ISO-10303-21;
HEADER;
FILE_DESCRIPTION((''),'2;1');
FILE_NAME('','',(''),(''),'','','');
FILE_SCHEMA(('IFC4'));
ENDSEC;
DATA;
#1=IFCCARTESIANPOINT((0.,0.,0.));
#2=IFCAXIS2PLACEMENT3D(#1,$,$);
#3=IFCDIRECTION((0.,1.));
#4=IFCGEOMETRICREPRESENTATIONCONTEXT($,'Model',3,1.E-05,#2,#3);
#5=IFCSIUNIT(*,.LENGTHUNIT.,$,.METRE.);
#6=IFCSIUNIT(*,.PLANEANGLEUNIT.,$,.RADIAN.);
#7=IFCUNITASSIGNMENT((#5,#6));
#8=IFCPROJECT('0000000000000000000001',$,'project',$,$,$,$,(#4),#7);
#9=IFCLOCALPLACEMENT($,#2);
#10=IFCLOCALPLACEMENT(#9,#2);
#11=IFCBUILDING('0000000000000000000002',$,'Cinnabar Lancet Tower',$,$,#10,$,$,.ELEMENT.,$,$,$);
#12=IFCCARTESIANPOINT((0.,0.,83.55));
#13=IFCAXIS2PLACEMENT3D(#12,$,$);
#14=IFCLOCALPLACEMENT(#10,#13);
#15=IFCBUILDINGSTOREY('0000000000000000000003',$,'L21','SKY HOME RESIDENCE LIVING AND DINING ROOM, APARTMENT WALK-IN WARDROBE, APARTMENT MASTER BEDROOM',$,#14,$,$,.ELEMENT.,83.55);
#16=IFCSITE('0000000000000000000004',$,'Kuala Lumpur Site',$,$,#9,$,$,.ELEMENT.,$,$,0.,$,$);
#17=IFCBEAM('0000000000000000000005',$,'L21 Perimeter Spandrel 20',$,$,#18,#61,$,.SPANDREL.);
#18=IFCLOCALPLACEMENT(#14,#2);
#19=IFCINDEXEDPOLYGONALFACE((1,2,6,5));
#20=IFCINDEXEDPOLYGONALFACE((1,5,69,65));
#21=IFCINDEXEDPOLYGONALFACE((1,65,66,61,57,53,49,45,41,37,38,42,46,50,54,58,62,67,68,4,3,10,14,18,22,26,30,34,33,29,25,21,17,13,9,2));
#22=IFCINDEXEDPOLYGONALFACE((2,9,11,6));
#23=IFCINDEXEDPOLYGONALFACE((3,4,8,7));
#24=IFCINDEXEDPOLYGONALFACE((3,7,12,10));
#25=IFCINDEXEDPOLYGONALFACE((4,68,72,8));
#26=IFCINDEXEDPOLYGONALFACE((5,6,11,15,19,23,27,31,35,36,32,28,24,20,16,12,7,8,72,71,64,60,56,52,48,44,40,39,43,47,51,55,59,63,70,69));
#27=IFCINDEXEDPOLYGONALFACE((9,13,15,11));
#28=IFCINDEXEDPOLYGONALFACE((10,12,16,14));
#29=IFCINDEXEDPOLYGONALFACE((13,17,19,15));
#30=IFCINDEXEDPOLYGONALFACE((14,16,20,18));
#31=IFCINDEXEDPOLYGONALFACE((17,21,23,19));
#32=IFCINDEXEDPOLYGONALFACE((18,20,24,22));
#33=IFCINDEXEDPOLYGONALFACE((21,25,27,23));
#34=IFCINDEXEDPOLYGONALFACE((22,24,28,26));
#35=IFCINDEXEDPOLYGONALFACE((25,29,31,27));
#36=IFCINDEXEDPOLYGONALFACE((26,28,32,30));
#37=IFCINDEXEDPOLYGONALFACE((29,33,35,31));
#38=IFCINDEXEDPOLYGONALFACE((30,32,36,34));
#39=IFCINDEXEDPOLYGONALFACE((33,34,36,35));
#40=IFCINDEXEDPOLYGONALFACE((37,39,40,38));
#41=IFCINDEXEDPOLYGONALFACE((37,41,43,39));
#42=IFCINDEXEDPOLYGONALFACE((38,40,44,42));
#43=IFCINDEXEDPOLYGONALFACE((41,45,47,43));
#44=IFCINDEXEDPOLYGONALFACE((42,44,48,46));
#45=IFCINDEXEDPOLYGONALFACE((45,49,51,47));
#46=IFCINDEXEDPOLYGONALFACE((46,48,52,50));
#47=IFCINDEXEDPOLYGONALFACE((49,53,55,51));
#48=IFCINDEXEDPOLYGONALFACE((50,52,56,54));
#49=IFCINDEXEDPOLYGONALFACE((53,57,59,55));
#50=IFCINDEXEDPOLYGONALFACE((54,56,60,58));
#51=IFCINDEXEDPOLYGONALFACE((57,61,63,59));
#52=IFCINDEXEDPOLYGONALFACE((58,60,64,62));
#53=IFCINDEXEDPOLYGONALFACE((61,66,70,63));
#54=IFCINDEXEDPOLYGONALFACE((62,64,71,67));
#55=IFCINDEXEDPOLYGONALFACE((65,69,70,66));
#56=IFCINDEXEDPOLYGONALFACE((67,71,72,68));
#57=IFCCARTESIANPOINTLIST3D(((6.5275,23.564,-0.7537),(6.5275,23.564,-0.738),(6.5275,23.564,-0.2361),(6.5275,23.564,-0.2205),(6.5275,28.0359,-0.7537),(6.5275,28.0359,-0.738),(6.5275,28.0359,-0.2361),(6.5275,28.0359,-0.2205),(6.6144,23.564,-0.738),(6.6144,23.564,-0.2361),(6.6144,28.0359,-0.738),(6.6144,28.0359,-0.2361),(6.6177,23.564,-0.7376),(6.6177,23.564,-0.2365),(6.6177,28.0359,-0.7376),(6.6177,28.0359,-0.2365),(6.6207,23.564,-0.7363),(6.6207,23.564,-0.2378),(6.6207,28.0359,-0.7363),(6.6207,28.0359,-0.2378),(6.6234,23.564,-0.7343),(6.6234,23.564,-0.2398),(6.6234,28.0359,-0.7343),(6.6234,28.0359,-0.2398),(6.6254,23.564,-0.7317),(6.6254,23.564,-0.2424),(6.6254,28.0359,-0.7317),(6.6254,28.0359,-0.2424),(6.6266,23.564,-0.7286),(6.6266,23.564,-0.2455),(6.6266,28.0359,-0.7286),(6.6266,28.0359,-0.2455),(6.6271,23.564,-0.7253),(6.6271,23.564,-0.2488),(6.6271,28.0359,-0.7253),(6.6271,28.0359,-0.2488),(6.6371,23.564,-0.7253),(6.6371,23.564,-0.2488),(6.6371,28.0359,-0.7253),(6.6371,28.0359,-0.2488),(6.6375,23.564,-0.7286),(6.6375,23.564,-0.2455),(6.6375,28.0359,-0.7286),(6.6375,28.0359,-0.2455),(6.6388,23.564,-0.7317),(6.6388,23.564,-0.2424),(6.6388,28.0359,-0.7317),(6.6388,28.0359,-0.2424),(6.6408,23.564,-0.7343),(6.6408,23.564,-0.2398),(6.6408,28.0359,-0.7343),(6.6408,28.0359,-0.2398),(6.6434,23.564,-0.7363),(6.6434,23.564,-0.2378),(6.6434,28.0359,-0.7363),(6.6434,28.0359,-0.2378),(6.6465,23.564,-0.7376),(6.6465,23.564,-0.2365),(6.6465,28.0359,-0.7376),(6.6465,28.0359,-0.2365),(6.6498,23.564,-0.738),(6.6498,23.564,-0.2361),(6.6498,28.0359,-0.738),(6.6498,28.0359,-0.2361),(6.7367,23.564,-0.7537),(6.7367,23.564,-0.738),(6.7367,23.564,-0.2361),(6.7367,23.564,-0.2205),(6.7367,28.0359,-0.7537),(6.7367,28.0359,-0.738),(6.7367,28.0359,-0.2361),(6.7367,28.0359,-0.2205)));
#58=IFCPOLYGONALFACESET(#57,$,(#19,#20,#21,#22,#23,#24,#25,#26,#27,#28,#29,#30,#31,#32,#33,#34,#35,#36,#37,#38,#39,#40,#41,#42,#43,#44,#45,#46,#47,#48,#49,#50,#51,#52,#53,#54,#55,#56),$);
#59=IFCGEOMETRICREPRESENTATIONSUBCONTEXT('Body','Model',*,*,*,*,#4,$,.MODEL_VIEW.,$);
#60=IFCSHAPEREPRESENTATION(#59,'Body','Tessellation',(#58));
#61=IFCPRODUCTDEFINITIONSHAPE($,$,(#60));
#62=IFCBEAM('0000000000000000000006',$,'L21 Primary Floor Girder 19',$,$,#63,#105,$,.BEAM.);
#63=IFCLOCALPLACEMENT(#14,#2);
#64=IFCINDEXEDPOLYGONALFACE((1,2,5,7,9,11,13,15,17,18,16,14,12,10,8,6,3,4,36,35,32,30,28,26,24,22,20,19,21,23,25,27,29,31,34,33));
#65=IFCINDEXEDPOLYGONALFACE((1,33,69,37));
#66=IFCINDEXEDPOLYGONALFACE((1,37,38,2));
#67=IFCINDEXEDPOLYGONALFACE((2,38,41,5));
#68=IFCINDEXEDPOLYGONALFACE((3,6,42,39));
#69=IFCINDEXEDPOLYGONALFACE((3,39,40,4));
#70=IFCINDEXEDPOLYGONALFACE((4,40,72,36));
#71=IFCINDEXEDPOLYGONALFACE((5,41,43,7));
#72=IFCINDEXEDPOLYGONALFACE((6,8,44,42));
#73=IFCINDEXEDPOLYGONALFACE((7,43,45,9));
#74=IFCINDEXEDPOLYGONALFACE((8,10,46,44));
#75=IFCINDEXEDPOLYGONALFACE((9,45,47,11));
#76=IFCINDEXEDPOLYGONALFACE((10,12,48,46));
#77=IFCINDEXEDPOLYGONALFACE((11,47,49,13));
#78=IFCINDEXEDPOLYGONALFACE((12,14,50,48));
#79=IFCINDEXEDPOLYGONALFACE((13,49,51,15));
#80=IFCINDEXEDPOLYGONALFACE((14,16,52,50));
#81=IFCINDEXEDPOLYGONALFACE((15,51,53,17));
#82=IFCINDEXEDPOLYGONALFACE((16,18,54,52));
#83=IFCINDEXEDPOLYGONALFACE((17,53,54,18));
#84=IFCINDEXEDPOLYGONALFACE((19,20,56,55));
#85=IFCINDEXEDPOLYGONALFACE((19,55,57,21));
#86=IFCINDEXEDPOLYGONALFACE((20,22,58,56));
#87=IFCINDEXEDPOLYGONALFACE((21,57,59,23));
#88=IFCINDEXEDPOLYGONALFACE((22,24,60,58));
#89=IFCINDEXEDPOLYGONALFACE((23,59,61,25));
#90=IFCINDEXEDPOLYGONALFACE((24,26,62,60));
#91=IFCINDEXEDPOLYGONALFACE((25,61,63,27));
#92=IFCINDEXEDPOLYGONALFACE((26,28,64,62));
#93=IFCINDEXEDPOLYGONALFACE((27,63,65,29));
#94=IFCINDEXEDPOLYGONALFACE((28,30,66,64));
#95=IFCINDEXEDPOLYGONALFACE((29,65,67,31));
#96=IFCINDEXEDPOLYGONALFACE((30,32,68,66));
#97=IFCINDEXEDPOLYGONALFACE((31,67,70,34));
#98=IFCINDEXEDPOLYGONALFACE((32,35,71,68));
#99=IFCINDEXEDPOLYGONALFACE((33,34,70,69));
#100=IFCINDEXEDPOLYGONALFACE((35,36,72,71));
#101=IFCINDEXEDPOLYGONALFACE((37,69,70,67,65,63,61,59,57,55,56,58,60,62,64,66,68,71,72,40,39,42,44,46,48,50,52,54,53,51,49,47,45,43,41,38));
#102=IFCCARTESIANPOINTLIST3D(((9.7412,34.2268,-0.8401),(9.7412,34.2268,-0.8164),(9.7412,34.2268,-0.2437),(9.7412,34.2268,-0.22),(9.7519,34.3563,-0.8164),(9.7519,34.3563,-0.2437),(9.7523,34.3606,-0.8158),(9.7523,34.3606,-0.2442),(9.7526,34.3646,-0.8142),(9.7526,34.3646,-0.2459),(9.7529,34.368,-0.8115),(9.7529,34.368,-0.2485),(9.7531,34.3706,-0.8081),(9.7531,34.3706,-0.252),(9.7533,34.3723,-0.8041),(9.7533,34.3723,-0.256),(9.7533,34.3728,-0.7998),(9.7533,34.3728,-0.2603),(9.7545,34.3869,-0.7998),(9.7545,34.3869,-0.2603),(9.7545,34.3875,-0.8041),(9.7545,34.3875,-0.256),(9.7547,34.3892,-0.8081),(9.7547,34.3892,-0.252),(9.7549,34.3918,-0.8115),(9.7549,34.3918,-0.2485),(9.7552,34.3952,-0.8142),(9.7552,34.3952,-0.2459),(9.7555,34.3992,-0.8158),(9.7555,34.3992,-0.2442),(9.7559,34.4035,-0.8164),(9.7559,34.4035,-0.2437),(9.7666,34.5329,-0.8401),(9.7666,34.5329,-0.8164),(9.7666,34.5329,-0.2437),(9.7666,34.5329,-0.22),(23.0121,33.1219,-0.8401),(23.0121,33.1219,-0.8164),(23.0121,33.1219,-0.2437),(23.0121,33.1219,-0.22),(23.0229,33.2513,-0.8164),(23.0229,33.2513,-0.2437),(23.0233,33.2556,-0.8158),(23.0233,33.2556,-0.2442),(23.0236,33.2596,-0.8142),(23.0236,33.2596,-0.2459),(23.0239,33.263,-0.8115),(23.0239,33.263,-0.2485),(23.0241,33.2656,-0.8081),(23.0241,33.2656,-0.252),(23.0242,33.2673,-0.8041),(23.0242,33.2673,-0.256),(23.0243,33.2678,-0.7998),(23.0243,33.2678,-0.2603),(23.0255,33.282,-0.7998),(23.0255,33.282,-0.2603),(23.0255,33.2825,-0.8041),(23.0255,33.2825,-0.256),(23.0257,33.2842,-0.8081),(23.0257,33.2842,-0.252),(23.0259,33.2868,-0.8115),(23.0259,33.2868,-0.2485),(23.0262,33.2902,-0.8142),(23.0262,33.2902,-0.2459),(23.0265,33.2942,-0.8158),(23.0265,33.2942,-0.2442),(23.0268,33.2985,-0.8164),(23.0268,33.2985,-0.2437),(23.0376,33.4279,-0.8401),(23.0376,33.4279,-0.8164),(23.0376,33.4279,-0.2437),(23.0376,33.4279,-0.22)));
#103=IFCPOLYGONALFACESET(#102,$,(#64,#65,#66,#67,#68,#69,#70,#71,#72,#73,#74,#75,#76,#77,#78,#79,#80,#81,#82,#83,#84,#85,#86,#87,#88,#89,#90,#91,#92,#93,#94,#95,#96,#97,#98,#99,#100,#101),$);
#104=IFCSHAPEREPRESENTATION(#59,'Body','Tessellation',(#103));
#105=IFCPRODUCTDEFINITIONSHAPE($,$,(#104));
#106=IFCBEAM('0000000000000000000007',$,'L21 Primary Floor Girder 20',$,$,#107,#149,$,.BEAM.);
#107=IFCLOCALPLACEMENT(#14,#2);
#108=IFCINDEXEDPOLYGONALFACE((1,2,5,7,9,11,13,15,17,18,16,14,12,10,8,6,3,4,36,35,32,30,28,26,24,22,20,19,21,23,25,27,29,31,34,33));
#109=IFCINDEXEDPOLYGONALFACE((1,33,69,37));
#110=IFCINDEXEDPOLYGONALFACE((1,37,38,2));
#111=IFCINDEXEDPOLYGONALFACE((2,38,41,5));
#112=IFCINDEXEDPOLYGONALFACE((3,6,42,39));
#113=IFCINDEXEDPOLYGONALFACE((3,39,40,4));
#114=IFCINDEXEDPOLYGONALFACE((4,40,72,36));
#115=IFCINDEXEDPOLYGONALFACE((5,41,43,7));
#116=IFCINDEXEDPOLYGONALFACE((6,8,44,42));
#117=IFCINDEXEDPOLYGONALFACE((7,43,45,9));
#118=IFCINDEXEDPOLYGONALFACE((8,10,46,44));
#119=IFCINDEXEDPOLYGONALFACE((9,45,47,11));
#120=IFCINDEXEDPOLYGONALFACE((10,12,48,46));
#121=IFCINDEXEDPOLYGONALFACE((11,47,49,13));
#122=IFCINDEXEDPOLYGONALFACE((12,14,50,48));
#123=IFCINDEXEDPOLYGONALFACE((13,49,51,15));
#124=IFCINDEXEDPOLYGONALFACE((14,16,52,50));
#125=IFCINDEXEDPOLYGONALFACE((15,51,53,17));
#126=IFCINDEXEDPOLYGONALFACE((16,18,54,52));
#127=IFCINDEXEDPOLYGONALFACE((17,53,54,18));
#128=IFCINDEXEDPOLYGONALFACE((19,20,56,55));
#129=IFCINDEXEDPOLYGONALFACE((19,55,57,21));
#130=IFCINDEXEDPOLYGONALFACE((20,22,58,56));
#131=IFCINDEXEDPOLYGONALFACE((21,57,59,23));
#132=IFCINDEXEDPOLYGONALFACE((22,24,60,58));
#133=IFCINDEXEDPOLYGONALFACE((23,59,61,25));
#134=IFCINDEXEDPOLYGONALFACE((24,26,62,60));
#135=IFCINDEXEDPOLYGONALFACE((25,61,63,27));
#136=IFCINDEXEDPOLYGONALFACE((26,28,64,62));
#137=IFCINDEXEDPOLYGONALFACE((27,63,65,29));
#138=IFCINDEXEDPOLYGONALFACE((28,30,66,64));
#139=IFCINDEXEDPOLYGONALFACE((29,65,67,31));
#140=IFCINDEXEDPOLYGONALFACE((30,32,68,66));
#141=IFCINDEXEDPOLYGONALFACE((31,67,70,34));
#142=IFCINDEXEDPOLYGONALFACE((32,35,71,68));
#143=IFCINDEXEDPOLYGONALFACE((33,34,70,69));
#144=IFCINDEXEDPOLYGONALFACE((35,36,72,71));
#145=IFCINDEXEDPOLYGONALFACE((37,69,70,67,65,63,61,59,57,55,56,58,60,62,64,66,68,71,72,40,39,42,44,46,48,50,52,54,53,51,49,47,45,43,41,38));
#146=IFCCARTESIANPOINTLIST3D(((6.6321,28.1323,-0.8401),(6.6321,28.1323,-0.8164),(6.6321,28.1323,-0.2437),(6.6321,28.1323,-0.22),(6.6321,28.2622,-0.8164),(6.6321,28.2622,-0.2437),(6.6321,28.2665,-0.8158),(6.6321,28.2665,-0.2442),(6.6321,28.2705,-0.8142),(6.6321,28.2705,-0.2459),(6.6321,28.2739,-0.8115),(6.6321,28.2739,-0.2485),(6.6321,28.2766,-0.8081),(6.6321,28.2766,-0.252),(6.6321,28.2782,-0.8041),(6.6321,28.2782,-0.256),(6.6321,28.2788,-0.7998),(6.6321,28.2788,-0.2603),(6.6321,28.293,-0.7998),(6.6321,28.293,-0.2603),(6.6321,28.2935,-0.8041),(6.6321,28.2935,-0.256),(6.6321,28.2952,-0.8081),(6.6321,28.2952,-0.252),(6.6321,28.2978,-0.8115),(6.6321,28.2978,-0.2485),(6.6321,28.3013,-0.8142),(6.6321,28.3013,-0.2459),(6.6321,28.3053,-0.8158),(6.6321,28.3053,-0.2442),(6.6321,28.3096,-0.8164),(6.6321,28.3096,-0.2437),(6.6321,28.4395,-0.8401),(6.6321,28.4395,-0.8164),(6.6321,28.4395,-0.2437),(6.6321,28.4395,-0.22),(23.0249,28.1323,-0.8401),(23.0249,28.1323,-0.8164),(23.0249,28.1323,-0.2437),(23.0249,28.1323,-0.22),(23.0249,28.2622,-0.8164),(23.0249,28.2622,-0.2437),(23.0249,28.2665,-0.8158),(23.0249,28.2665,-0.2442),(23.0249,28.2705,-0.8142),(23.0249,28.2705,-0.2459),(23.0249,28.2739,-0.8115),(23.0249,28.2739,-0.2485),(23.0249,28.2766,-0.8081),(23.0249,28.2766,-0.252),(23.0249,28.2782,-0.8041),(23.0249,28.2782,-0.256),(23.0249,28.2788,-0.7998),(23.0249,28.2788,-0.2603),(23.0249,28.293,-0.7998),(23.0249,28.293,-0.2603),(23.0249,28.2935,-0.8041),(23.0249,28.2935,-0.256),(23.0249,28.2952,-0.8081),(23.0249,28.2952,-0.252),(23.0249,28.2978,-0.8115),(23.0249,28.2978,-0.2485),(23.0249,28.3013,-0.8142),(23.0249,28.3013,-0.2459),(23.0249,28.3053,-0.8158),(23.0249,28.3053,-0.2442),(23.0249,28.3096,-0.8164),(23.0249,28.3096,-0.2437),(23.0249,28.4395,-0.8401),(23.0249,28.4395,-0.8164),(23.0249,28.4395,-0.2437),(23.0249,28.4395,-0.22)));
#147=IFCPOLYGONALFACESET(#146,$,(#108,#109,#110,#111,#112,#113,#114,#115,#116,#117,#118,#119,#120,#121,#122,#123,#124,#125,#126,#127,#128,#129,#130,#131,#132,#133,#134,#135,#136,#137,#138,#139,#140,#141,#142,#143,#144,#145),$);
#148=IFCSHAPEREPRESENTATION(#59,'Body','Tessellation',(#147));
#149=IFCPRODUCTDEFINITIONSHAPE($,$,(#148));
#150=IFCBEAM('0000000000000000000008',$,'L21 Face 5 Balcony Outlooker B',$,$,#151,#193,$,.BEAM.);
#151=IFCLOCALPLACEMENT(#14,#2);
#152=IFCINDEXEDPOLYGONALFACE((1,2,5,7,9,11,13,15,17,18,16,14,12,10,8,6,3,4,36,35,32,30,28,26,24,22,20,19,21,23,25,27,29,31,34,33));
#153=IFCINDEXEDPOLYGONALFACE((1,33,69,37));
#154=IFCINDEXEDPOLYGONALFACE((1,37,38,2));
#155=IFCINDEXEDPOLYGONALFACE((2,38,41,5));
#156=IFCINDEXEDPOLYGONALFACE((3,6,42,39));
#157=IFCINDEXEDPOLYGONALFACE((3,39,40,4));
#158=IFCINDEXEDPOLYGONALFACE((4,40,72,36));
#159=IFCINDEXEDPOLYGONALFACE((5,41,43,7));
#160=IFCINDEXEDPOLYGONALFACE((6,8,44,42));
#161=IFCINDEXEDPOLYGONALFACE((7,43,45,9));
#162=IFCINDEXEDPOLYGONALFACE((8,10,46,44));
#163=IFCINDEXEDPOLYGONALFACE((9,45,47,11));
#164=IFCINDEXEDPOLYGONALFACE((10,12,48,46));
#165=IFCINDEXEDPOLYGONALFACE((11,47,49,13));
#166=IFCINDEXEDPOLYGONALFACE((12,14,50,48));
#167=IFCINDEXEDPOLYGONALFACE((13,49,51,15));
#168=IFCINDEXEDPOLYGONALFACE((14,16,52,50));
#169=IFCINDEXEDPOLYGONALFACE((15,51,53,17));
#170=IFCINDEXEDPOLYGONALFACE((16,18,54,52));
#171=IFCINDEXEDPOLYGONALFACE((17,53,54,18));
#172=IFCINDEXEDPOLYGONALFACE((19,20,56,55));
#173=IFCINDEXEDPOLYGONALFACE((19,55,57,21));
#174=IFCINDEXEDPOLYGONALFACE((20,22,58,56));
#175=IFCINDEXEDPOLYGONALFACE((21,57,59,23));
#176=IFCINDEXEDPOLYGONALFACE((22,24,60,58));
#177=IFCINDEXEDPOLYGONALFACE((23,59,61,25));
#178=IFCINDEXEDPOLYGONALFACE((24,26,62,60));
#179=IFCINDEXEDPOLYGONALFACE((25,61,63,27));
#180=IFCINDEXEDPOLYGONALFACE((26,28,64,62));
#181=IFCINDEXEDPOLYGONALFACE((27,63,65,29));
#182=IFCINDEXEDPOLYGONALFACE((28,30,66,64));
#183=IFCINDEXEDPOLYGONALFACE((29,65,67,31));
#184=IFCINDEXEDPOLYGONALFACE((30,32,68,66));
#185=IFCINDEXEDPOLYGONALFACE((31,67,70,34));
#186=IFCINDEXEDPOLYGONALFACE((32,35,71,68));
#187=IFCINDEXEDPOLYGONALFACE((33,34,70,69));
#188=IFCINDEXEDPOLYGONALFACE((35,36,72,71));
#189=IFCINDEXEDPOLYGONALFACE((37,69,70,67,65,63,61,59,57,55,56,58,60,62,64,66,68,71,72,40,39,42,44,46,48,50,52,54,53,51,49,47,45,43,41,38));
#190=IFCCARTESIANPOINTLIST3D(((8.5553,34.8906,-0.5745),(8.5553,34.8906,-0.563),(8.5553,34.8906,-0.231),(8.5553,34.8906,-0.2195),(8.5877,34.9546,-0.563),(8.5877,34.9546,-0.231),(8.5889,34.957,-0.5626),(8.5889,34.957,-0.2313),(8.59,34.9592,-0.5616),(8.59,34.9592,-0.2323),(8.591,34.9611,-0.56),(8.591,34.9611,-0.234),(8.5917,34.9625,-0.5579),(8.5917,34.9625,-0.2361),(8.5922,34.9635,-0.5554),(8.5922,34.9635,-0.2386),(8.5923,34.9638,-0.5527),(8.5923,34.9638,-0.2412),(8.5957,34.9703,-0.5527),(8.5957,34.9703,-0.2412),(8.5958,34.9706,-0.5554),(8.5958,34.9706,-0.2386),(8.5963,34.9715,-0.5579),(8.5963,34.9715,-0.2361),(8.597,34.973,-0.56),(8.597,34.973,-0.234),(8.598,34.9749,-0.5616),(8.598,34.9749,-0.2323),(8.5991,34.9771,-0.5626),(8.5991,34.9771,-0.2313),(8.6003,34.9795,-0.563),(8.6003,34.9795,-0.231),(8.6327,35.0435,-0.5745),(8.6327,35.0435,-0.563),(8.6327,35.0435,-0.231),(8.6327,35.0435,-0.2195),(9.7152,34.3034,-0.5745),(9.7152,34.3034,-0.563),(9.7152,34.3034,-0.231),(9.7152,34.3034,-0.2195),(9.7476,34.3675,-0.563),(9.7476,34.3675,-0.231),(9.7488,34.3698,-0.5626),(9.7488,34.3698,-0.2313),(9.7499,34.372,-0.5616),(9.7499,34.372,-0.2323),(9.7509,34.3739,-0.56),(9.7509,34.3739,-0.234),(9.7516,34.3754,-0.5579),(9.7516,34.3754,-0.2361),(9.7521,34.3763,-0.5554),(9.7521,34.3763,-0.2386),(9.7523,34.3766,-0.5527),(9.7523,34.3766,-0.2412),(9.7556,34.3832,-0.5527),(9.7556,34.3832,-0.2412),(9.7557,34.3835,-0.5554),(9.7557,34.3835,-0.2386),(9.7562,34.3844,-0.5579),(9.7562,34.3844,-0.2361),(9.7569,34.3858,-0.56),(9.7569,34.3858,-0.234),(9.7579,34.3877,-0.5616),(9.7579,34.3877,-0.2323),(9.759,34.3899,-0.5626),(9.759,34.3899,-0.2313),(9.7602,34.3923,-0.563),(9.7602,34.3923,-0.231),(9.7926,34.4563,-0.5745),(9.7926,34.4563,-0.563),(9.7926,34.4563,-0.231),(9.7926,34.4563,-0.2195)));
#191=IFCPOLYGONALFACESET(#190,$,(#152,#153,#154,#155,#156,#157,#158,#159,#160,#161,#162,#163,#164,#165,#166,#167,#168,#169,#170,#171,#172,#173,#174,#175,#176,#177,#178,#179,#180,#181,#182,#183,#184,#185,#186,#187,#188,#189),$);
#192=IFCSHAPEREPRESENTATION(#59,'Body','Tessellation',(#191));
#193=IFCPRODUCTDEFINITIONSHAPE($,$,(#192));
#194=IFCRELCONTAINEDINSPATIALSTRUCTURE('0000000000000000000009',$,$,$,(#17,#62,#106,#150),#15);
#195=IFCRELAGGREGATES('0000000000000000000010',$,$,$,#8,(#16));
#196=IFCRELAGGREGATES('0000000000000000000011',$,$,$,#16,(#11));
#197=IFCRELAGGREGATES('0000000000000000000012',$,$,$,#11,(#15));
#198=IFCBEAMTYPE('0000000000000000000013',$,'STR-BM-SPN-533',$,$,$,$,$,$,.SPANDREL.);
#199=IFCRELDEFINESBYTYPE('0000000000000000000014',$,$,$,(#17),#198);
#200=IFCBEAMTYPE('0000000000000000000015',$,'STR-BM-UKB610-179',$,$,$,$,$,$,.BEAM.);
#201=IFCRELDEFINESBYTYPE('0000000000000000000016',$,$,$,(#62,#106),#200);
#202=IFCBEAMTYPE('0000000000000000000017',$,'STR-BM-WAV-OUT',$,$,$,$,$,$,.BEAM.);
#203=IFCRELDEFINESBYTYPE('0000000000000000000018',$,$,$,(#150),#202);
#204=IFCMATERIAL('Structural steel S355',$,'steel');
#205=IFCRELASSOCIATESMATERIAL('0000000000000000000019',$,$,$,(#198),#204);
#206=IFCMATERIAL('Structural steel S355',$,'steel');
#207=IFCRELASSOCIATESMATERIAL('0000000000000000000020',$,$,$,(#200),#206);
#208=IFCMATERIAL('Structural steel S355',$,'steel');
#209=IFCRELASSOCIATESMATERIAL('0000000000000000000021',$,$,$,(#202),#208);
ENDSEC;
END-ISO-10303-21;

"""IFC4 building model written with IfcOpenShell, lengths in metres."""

from ifc_helpers import new_model, si_unit, direction, frame, origin, origin_2d, place, context, subcontext, project, spatial, i_section, extrude, material, material_profile, profile_set, type_object, element, save


model = new_model("IFC4")

# Units and contexts
model_context = context("Model", 3, precision=1e-05, world=origin(), true_north=direction((0.0, 1.0)))
body_context = subcontext(model_context, "Body", "Model", "MODEL_VIEW")
ifc_project = project(units=[si_unit("LENGTHUNIT", "METRE"), si_unit("PLANEANGLEUNIT", "RADIAN")], contexts=[model_context])

# Site, building, storey
site_placement = place(None, origin())
site = spatial("IfcSite", under=ifc_project, at=site_placement, Name="Kuala Lumpur Site", CompositionType="ELEMENT", RefElevation=0.0)
building_placement = place(site_placement, origin())
building = spatial("IfcBuilding", under=site, at=building_placement, Name="Cinnabar Lancet Tower", CompositionType="ELEMENT")
storey_placement = place(building_placement, frame((0.0, 0.0, 83.55)))
storey = spatial("IfcBuildingStorey", under=building, at=storey_placement, Name="L21", Description="SKY HOME RESIDENCE LIVING AND DINING ROOM, APARTMENT WALK-IN WARDROBE, APARTMENT MASTER BEDROOM", CompositionType="ELEMENT", Elevation=83.55)

# Beams
ifc_material_1 = material(Name="Structural steel S355", Category="steel")
ifc_material_profile_1 = material_profile(ifc_material_1, i_section(OverallWidth=0.2092, OverallDepth=0.5332, WebThickness=0.01, FlangeThickness=0.0156, FilletRadius=0.0127, at=origin_2d()), Name="UKB 533x210x92")
ifc_profile_set_1 = profile_set([ifc_material_profile_1], Name="Structural steel S355")
beam_type_1 = type_object("IfcBeamType", Name="STR-BM-SPN-533", PredefinedType="SPANDREL", material=ifc_profile_set_1)
beam_1_placement = place(storey_placement, frame((6.6321, 28.0359, -0.4871), z_axis=(0.0, -1.0, 0.0), x_axis=(1.0, 0.0, 0.0)))
element("IfcBeam", 1, at=beam_1_placement, inside=storey, type_object=beam_type_1, Name="L21 Perimeter Spandrel 20", PredefinedType="SPANDREL", context=body_context, shape_type="SweptSolid", body=[
    extrude(i_section(OverallWidth=0.2092, OverallDepth=0.5332, WebThickness=0.01, FlangeThickness=0.0156, FilletRadius=0.0127, at=origin_2d()), origin(), (0.0, 0.0, 1.0), 4.4719),
])
ifc_material_2 = material(Name="Structural steel S355", Category="steel")
ifc_material_profile_2 = material_profile(ifc_material_2, i_section(OverallWidth=0.3071, OverallDepth=0.6201, WebThickness=0.0142, FlangeThickness=0.0237, FilletRadius=0.0166, at=origin_2d()), Name="UKB 610x305x179")
ifc_profile_set_2 = profile_set([ifc_material_profile_2], Name="Structural steel S355")
beam_type_2 = type_object("IfcBeamType", Name="STR-BM-UKB610-179", PredefinedType="BEAM", material=ifc_profile_set_2)
beam_2_placement = place(storey_placement, frame((9.7539, 34.3799, -0.53), z_axis=(0.996552, -0.082976, 0.0), x_axis=(0.082976, 0.996552, 0.0)))
element("IfcBeam", 2, at=beam_2_placement, inside=storey, type_object=beam_type_2, Name="L21 Primary Floor Girder 19", PredefinedType="BEAM", context=body_context, shape_type="SweptSolid", body=[
    extrude(i_section(OverallWidth=0.3071, OverallDepth=0.6201, WebThickness=0.0142, FlangeThickness=0.0237, FilletRadius=0.0166, at=origin_2d()), origin(), (0.0, 0.0, 1.0), 13.3169),
])
beam_3_placement = place(storey_placement, frame((6.6321, 28.2859, -0.53), z_axis=(1.0, 0.0, 0.0), x_axis=(0.0, 1.0, 0.0)))
element("IfcBeam", 3, at=beam_3_placement, inside=storey, type_object=beam_type_2, Name="L21 Primary Floor Girder 20", PredefinedType="BEAM", context=body_context, shape_type="SweptSolid", body=[
    extrude(i_section(OverallWidth=0.3071, OverallDepth=0.6201, WebThickness=0.0142, FlangeThickness=0.0237, FilletRadius=0.0166, at=origin_2d()), origin(), (0.0, 0.0, 1.0), 16.3928),
])
ifc_material_3 = material(Name="Structural steel S355", Category="steel")
ifc_material_profile_3 = material_profile(ifc_material_3, i_section(OverallWidth=0.1714, OverallDepth=0.355, WebThickness=0.0073, FlangeThickness=0.0115, FilletRadius=0.0103, at=origin_2d()), Name="UKB 356x171x51")
ifc_profile_set_3 = profile_set([ifc_material_profile_3], Name="Structural steel S355")
beam_type_3 = type_object("IfcBeamType", Name="STR-BM-WAV-OUT", PredefinedType="BEAM", material=ifc_profile_set_3)
beam_4_placement = place(storey_placement, frame((9.7539, 34.3799, -0.397), z_axis=(-0.8922, 0.45164, 0.0), x_axis=(-0.45164, -0.8922, 0.0)))
element("IfcBeam", 4, at=beam_4_placement, inside=storey, type_object=beam_type_3, Name="L21 Face 5 Balcony Outlooker B", PredefinedType="BEAM", context=body_context, shape_type="SweptSolid", body=[
    extrude(i_section(OverallWidth=0.1714, OverallDepth=0.355, WebThickness=0.0073, FlangeThickness=0.0115, FilletRadius=0.0103, at=origin_2d()), origin(), (0.0, 0.0, 1.0), 1.3),
])

save(model, "model.ifc")
